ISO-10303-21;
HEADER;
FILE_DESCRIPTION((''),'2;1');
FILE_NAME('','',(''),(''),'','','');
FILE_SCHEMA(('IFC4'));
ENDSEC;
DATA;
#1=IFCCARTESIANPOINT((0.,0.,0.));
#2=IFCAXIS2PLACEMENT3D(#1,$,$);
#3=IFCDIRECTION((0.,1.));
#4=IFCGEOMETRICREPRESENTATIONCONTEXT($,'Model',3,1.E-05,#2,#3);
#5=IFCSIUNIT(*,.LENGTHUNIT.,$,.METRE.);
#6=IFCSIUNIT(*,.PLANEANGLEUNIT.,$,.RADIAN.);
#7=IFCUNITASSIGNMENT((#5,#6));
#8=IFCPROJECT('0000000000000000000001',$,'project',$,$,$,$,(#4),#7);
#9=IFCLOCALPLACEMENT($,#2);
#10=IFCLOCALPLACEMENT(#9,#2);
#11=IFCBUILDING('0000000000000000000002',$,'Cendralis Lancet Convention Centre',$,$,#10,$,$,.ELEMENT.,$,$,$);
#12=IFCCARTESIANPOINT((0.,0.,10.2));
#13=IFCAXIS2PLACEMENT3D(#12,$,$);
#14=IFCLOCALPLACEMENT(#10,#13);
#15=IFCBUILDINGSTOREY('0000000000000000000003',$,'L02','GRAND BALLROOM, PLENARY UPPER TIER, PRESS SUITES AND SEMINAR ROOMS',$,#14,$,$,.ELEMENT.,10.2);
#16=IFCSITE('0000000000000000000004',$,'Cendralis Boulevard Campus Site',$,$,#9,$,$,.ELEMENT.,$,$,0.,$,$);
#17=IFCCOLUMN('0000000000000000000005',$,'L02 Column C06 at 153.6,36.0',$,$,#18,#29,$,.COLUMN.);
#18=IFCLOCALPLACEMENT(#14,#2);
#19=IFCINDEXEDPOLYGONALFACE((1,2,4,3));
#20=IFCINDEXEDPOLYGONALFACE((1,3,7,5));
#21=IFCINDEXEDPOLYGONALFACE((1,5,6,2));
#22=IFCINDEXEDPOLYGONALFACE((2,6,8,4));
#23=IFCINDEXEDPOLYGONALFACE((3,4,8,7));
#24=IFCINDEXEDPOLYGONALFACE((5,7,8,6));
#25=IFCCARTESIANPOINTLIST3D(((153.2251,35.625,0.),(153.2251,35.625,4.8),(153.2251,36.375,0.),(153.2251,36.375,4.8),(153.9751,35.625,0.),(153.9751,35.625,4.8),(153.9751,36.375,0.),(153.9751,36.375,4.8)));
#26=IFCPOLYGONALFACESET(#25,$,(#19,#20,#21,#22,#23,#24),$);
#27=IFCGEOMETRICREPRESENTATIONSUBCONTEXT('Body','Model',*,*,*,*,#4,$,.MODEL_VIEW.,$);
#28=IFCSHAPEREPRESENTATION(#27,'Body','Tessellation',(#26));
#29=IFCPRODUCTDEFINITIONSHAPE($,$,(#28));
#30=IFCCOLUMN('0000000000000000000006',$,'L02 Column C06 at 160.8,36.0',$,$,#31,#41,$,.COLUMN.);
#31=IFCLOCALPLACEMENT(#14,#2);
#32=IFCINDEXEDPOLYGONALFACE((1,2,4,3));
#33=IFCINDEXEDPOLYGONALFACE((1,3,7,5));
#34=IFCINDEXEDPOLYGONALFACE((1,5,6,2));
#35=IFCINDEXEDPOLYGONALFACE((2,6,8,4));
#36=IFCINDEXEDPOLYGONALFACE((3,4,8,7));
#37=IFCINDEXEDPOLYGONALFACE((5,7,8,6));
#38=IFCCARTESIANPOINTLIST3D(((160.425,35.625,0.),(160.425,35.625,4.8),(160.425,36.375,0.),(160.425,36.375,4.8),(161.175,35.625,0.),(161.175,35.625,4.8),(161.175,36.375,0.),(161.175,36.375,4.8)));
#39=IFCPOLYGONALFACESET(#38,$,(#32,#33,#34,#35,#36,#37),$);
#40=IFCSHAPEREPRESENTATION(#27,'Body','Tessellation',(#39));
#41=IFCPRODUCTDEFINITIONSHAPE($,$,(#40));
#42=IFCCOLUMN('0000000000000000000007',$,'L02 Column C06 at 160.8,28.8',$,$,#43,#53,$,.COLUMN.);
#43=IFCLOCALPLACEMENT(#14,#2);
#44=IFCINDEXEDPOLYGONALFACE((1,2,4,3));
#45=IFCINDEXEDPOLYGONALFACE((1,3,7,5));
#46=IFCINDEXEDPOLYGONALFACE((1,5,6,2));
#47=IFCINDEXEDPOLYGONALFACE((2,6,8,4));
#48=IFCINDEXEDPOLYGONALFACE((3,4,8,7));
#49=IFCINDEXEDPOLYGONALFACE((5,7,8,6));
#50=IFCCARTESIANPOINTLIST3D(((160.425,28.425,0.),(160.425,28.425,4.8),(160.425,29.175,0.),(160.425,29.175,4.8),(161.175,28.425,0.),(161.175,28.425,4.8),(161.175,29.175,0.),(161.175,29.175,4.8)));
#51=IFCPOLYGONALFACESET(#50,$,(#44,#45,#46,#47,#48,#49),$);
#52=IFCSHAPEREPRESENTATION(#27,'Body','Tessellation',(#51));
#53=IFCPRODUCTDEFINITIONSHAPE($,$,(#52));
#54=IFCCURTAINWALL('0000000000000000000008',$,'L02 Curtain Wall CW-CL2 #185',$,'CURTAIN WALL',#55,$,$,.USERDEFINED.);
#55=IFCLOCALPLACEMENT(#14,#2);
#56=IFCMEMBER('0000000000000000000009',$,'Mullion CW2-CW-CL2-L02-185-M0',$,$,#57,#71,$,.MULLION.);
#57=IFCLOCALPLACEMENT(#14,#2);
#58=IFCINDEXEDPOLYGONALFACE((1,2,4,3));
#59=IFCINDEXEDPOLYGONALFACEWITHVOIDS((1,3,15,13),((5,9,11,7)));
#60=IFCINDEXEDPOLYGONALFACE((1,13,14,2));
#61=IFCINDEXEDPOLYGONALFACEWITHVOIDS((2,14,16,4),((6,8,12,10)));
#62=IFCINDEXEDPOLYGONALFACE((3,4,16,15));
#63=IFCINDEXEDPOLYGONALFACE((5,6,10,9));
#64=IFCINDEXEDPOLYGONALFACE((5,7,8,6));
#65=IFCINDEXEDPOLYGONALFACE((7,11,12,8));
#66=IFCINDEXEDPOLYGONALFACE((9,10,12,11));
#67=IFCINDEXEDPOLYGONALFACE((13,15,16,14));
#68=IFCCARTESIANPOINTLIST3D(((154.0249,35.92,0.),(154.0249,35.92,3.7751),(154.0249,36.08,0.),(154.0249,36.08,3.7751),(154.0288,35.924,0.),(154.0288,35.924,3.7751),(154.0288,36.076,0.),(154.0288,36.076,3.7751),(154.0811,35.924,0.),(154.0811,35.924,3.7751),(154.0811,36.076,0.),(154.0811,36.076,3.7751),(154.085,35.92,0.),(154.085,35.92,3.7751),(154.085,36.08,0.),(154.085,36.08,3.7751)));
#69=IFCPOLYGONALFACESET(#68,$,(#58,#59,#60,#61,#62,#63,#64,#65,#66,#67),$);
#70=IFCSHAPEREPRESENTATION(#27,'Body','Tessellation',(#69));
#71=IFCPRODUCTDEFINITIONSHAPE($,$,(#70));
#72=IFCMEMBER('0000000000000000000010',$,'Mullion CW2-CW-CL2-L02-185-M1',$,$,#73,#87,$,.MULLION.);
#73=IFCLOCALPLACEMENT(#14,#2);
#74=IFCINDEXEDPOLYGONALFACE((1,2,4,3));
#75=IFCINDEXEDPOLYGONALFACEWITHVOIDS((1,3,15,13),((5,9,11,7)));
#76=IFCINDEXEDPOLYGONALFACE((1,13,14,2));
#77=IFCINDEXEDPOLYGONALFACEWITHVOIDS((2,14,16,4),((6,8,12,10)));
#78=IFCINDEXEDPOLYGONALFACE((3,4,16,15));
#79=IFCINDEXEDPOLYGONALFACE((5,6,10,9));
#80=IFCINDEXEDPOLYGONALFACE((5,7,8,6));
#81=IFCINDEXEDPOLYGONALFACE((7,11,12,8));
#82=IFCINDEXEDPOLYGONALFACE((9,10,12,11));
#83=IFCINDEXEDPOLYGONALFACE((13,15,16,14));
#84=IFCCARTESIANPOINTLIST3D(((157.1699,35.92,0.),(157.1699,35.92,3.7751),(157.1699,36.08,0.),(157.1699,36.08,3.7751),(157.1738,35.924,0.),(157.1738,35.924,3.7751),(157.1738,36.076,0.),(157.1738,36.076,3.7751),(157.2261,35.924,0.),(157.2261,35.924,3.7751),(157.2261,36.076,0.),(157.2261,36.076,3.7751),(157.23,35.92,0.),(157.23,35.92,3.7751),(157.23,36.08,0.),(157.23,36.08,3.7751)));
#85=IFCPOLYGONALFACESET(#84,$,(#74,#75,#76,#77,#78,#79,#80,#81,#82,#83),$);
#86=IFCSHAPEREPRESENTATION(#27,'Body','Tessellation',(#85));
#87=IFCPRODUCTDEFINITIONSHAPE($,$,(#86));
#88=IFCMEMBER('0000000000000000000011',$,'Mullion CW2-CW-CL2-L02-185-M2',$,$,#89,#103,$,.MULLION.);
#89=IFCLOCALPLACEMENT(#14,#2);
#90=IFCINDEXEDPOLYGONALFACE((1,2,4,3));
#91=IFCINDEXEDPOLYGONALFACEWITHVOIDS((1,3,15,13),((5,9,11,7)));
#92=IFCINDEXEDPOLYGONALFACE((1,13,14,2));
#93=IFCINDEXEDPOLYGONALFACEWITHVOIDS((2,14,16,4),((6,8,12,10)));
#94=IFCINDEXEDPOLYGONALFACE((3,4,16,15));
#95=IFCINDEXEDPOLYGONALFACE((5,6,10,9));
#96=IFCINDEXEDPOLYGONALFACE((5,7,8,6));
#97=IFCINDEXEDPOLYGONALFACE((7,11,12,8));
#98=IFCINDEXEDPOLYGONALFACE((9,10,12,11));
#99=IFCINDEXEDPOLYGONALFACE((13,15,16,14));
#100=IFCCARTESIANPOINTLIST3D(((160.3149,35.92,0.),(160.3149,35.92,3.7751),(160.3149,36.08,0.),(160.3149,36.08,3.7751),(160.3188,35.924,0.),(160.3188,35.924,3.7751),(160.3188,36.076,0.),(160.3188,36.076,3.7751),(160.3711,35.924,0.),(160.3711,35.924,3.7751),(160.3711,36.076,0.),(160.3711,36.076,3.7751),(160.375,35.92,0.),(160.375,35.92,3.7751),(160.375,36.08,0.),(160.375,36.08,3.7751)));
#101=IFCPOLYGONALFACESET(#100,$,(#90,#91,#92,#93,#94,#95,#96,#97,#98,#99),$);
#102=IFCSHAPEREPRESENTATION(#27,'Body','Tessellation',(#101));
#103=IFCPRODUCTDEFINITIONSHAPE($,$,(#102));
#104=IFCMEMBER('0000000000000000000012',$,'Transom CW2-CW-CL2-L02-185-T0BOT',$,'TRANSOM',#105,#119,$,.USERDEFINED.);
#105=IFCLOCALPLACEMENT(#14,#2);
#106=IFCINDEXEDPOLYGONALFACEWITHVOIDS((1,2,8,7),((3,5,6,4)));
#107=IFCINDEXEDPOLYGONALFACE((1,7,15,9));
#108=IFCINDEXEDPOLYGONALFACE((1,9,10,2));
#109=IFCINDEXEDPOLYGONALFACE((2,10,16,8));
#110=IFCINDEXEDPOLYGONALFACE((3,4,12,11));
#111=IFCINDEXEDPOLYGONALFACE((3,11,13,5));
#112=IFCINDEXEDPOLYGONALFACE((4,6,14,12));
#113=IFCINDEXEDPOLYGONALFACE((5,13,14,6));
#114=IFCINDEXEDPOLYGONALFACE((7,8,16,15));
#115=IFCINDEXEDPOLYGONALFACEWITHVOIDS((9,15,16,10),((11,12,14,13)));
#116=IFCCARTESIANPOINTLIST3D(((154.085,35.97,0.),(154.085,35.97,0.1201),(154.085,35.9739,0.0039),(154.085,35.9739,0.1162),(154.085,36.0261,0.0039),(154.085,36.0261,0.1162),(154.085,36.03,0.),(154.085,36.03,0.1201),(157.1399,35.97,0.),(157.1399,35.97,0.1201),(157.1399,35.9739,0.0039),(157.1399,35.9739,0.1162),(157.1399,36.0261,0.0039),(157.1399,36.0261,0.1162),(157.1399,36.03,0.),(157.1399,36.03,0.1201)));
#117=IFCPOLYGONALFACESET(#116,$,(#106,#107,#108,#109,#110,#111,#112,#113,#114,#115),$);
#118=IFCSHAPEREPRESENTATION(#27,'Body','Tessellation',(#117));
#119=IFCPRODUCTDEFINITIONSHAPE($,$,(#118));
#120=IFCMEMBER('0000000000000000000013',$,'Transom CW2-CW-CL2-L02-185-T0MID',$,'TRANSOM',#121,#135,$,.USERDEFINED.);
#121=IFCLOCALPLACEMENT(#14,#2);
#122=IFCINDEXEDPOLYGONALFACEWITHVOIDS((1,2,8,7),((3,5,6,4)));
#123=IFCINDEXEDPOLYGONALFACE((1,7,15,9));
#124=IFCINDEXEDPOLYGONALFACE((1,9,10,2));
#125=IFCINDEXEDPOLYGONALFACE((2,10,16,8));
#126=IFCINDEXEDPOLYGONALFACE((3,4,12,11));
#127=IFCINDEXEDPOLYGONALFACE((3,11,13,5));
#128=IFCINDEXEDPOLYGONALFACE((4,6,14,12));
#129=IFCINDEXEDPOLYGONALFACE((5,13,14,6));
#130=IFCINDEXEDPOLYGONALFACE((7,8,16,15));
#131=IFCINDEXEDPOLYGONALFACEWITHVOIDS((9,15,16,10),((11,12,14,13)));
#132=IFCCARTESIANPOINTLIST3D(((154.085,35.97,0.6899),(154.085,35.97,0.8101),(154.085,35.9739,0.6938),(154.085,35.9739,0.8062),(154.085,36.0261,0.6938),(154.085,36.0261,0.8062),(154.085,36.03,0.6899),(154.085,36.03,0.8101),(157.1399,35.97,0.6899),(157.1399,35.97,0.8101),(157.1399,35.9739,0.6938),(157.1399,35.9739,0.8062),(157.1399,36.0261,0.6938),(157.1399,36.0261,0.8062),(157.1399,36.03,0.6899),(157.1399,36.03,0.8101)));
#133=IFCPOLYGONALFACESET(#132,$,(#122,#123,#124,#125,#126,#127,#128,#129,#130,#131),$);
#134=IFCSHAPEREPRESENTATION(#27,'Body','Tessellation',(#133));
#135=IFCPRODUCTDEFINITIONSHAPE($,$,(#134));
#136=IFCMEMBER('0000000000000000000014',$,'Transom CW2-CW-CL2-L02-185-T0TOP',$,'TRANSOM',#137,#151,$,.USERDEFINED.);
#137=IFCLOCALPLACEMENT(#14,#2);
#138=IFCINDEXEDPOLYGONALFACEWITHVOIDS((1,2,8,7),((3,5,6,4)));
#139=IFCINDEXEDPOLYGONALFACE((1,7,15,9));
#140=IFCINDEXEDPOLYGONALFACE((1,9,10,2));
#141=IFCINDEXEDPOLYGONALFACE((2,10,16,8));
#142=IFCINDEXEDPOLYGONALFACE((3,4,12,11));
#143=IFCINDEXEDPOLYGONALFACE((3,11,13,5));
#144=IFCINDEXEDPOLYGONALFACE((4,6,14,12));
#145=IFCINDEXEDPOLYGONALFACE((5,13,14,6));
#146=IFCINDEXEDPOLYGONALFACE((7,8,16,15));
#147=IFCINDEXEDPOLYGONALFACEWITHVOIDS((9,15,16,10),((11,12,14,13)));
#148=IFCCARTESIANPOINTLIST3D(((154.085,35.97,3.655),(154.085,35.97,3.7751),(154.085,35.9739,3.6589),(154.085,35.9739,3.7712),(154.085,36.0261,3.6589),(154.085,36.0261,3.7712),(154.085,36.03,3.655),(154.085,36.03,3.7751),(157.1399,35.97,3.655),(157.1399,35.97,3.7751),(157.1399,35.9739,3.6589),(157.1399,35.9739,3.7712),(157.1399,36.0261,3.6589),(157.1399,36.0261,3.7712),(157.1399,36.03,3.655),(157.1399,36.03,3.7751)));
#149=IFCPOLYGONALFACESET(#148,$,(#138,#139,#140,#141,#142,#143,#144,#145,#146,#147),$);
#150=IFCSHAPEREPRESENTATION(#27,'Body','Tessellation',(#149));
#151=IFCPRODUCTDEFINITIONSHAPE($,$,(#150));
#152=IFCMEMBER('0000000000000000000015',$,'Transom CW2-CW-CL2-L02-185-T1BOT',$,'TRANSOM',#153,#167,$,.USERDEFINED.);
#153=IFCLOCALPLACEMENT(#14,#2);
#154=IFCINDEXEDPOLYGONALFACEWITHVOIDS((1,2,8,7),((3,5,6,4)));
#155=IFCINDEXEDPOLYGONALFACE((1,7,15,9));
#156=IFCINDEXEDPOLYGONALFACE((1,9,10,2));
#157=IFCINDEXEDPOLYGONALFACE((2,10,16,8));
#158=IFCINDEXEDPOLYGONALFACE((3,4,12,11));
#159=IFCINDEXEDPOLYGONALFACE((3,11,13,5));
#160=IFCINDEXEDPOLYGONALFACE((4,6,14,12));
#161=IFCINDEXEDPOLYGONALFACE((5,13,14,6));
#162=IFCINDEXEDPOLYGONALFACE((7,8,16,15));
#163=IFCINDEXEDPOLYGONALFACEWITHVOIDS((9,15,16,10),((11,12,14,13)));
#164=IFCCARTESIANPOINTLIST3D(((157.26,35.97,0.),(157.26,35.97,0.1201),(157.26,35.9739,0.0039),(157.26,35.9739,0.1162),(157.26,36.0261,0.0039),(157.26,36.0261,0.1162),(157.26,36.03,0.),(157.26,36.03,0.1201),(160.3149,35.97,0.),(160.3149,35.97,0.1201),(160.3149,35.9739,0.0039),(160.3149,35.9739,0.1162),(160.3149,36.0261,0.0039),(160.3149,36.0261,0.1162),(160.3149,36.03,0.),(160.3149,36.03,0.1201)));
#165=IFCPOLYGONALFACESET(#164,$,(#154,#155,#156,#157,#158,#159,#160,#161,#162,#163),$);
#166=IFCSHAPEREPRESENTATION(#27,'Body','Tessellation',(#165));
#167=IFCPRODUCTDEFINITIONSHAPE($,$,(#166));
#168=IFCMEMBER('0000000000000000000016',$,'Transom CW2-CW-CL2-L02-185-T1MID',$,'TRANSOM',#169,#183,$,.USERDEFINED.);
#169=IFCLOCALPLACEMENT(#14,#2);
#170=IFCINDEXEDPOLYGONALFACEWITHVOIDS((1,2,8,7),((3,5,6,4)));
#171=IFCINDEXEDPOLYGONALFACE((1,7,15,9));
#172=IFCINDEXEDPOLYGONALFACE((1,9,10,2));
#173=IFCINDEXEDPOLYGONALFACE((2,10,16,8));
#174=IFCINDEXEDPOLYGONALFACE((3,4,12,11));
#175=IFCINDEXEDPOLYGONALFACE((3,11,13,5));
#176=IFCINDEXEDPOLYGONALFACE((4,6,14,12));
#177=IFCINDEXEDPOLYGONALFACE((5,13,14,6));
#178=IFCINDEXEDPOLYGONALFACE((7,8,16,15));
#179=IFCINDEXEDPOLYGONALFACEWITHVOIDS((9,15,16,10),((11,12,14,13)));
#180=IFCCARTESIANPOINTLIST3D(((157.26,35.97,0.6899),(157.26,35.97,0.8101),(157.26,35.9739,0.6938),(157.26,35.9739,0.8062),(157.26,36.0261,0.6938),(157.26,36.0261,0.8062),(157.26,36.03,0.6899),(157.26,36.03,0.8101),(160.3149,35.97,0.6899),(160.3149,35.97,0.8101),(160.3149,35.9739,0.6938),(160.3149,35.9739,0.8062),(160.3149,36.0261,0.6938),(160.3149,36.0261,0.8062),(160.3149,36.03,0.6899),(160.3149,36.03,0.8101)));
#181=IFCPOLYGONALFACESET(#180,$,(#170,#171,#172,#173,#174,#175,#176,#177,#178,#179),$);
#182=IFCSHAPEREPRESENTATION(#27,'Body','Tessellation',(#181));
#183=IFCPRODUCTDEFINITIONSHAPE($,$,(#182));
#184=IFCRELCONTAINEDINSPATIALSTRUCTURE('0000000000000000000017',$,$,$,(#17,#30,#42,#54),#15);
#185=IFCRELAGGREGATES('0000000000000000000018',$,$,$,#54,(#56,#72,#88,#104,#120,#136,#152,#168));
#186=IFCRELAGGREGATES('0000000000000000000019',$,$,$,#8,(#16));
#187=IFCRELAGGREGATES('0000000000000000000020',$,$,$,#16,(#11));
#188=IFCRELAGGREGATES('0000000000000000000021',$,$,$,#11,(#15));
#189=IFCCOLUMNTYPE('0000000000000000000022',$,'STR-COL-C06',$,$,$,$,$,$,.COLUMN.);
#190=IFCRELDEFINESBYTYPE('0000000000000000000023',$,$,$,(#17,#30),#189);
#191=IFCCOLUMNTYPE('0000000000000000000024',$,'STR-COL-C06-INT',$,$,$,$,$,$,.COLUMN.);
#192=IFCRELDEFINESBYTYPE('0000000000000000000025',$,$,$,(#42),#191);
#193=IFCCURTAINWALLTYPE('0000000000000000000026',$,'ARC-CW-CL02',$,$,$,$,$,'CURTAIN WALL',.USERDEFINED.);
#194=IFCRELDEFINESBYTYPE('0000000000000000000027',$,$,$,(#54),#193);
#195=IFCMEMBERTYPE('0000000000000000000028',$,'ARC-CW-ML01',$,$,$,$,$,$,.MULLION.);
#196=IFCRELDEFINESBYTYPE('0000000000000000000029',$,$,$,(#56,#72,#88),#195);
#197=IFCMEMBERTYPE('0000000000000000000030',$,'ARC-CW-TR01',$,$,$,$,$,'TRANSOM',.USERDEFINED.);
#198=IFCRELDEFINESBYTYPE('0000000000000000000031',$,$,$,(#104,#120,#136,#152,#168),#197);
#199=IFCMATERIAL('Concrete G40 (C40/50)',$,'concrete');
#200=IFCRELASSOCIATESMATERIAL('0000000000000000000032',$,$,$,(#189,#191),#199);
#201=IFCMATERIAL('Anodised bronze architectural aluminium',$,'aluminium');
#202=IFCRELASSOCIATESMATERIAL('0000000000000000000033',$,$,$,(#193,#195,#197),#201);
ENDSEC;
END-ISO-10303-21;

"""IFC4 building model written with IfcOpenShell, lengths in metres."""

from ifc_helpers import new_model, si_unit, direction, frame, origin, origin_2d, place, context, subcontext, project, spatial, rectangle, hollow_rectangle, extrude, material, material_profile, profile_set, type_object, element, aggregate, save


model = new_model("IFC4")

# Units and contexts
model_context = context("Model", 3, precision=1e-05, world=origin(), true_north=direction((0.0, 1.0)))
body_context = subcontext(model_context, "Body", "Model", "MODEL_VIEW")
ifc_project = project(units=[si_unit("LENGTHUNIT", "METRE"), si_unit("PLANEANGLEUNIT", "RADIAN")], contexts=[model_context])

# Site, building, storey
site_placement = place(None, origin())
site = spatial("IfcSite", under=ifc_project, at=site_placement, Name="Cendralis Boulevard Campus Site", CompositionType="ELEMENT", RefElevation=0.0)
building_placement = place(site_placement, origin())
building = spatial("IfcBuilding", under=site, at=building_placement, Name="Cendralis Lancet Convention Centre", CompositionType="ELEMENT")
storey_placement = place(building_placement, frame((0.0, 0.0, 10.2)))
storey = spatial("IfcBuildingStorey", under=building, at=storey_placement, Name="L02", Description="GRAND BALLROOM, PLENARY UPPER TIER, PRESS SUITES AND SEMINAR ROOMS", CompositionType="ELEMENT", Elevation=10.2)

# Columns
ifc_material_1 = material(Name="Concrete G40 (C40/50)", Category="concrete")
ifc_material_profile_1 = material_profile(ifc_material_1, rectangle(XDim=0.75, YDim=0.75, at=origin_2d()), Name="RC 750x750")
ifc_profile_set_1 = profile_set([ifc_material_profile_1], Name="Concrete G40 (C40/50)")
column_type_1 = type_object("IfcColumnType", Name="STR-COL-C06", PredefinedType="COLUMN", material=ifc_profile_set_1)
for number, where, z_axis, x_axis, name in (
    (1, (153.6001, 36.0, 0.0), (0.0, 0.0, 1.0), (1.0, 0.0, 0.0), "L02 Column C06 at 153.6,36.0"),
    (2, (160.8, 36.0, 0.0), (0.0, 0.0, 1.0), (1.0, 0.0, 0.0), "L02 Column C06 at 160.8,36.0"),
):
    element("IfcColumn", number, at=place(storey_placement, frame(where, z_axis=z_axis, x_axis=x_axis)), inside=storey, type_object=column_type_1, Name=name, PredefinedType="COLUMN", context=body_context, shape_type="SweptSolid", body=[
        extrude(rectangle(XDim=0.75, YDim=0.75, at=origin_2d()), origin(), (0.0, 0.0, 1.0), 4.8),
    ])
ifc_material_profile_2 = material_profile(ifc_material_1, rectangle(XDim=0.75, YDim=0.75, at=origin_2d()), Name="RC 750x750")
ifc_profile_set_2 = profile_set([ifc_material_profile_2], Name="Concrete G40 (C40/50)")
column_type_2 = type_object("IfcColumnType", Name="STR-COL-C06-INT", PredefinedType="COLUMN", material=ifc_profile_set_2)
column_placement = place(storey_placement, frame((160.8, 28.8, 0.0), z_axis=(0.0, 0.0, 1.0), x_axis=(1.0, 0.0, 0.0)))
element("IfcColumn", 3, at=column_placement, inside=storey, type_object=column_type_2, Name="L02 Column C06 at 160.8,28.8", PredefinedType="COLUMN", context=body_context, shape_type="SweptSolid", body=[
    extrude(rectangle(XDim=0.75, YDim=0.75, at=origin_2d()), origin(), (0.0, 0.0, 1.0), 4.8),
])

# Curtain wall, members
ifc_material_2 = material(Name="Anodised bronze architectural aluminium", Category="aluminium")
curtain_wall_type_1 = type_object("IfcCurtainWallType", Name="ARC-CW-CL02", ElementType="CURTAIN WALL", PredefinedType="USERDEFINED", material=ifc_material_2)
curtain_wall_1_placement = place(storey_placement, origin())
curtain_wall_1 = element("IfcCurtainWall", 4, at=curtain_wall_1_placement, inside=storey, type_object=curtain_wall_type_1, Name="L02 Curtain Wall CW-CL2 #185", ObjectType="CURTAIN WALL", PredefinedType="USERDEFINED")
ifc_material_profile_3 = material_profile(ifc_material_2, hollow_rectangle(XDim=0.0601, YDim=0.1599, WallThickness=0.0039, at=origin_2d()), Name="AL-MULL 60x160x4.0")
ifc_profile_set_3 = profile_set([ifc_material_profile_3], Name="Anodised bronze architectural aluminium")
member_type_1 = type_object("IfcMemberType", Name="ARC-CW-ML01", PredefinedType="MULLION", material=ifc_profile_set_3)
member_1_placement = place(storey_placement, frame((154.0549, 36.0, 0.0), z_axis=(0.0, 0.0, 1.0), x_axis=(1.0, 0.0, 0.0)))
member_1 = element("IfcMember", 5, at=member_1_placement, type_object=member_type_1, Name="Mullion CW2-CW-CL2-L02-185-M0", PredefinedType="MULLION", context=body_context, shape_type="SweptSolid", body=[
    extrude(hollow_rectangle(XDim=0.0601, YDim=0.1599, WallThickness=0.0039, at=origin_2d()), origin(), (0.0, 0.0, 1.0), 3.7751),
])
member_2_placement = place(storey_placement, frame((157.2, 36.0, 0.0), z_axis=(0.0, 0.0, 1.0), x_axis=(1.0, 0.0, 0.0)))
member_2 = element("IfcMember", 6, at=member_2_placement, type_object=member_type_1, Name="Mullion CW2-CW-CL2-L02-185-M1", PredefinedType="MULLION", context=body_context, shape_type="SweptSolid", body=[
    extrude(hollow_rectangle(XDim=0.0601, YDim=0.1599, WallThickness=0.0039, at=origin_2d()), origin(), (0.0, 0.0, 1.0), 3.7751),
])
member_3_placement = place(storey_placement, frame((160.345, 36.0, 0.0), z_axis=(0.0, 0.0, 1.0), x_axis=(1.0, 0.0, 0.0)))
member_3 = element("IfcMember", 7, at=member_3_placement, type_object=member_type_1, Name="Mullion CW2-CW-CL2-L02-185-M2", PredefinedType="MULLION", context=body_context, shape_type="SweptSolid", body=[
    extrude(hollow_rectangle(XDim=0.0601, YDim=0.1599, WallThickness=0.0039, at=origin_2d()), origin(), (0.0, 0.0, 1.0), 3.7751),
])
ifc_material_profile_4 = material_profile(ifc_material_2, hollow_rectangle(XDim=0.0601, YDim=0.1201, WallThickness=0.0039, at=origin_2d()), Name="AL-TRAN 60x120x4.0")
ifc_profile_set_4 = profile_set([ifc_material_profile_4], Name="Anodised bronze architectural aluminium")
member_type_2 = type_object("IfcMemberType", Name="ARC-CW-TR01", ElementType="TRANSOM", PredefinedType="USERDEFINED", material=ifc_profile_set_4)
member_4_placement = place(storey_placement, frame((154.085, 36.0, 0.0601), z_axis=(1.0, 0.0, 0.0), x_axis=(0.0, 1.0, 0.0)))
member_4 = element("IfcMember", 8, at=member_4_placement, type_object=member_type_2, Name="Transom CW2-CW-CL2-L02-185-T0BOT", ObjectType="TRANSOM", PredefinedType="USERDEFINED", context=body_context, shape_type="SweptSolid", body=[
    extrude(hollow_rectangle(XDim=0.0601, YDim=0.1201, WallThickness=0.0039, at=origin_2d()), origin(), (0.0, 0.0, 1.0), 3.0549),
])
member_5_placement = place(storey_placement, frame((154.085, 36.0, 0.75), z_axis=(1.0, 0.0, 0.0), x_axis=(0.0, 1.0, 0.0)))
member_5 = element("IfcMember", 9, at=member_5_placement, type_object=member_type_2, Name="Transom CW2-CW-CL2-L02-185-T0MID", ObjectType="TRANSOM", PredefinedType="USERDEFINED", context=body_context, shape_type="SweptSolid", body=[
    extrude(hollow_rectangle(XDim=0.0601, YDim=0.1201, WallThickness=0.0039, at=origin_2d()), origin(), (0.0, 0.0, 1.0), 3.0549),
])
member_6_placement = place(storey_placement, frame((154.085, 36.0, 3.7151), z_axis=(1.0, 0.0, 0.0), x_axis=(0.0, 1.0, 0.0)))
member_6 = element("IfcMember", 10, at=member_6_placement, type_object=member_type_2, Name="Transom CW2-CW-CL2-L02-185-T0TOP", ObjectType="TRANSOM", PredefinedType="USERDEFINED", context=body_context, shape_type="SweptSolid", body=[
    extrude(hollow_rectangle(XDim=0.0601, YDim=0.1201, WallThickness=0.0039, at=origin_2d()), origin(), (0.0, 0.0, 1.0), 3.0549),
])
member_7_placement = place(storey_placement, frame((157.26, 36.0, 0.0601), z_axis=(1.0, 0.0, 0.0), x_axis=(0.0, 1.0, 0.0)))
member_7 = element("IfcMember", 11, at=member_7_placement, type_object=member_type_2, Name="Transom CW2-CW-CL2-L02-185-T1BOT", ObjectType="TRANSOM", PredefinedType="USERDEFINED", context=body_context, shape_type="SweptSolid", body=[
    extrude(hollow_rectangle(XDim=0.0601, YDim=0.1201, WallThickness=0.0039, at=origin_2d()), origin(), (0.0, 0.0, 1.0), 3.0549),
])
member_8_placement = place(storey_placement, frame((157.26, 36.0, 0.75), z_axis=(1.0, 0.0, 0.0), x_axis=(0.0, 1.0, 0.0)))
member_8 = element("IfcMember", 12, at=member_8_placement, type_object=member_type_2, Name="Transom CW2-CW-CL2-L02-185-T1MID", ObjectType="TRANSOM", PredefinedType="USERDEFINED", context=body_context, shape_type="SweptSolid", body=[
    extrude(hollow_rectangle(XDim=0.0601, YDim=0.1201, WallThickness=0.0039, at=origin_2d()), origin(), (0.0, 0.0, 1.0), 3.0549),
])

aggregate(curtain_wall_1, [member_1, member_2, member_3, member_4, member_5, member_6, member_7, member_8])

save(model, "model.ifc")
